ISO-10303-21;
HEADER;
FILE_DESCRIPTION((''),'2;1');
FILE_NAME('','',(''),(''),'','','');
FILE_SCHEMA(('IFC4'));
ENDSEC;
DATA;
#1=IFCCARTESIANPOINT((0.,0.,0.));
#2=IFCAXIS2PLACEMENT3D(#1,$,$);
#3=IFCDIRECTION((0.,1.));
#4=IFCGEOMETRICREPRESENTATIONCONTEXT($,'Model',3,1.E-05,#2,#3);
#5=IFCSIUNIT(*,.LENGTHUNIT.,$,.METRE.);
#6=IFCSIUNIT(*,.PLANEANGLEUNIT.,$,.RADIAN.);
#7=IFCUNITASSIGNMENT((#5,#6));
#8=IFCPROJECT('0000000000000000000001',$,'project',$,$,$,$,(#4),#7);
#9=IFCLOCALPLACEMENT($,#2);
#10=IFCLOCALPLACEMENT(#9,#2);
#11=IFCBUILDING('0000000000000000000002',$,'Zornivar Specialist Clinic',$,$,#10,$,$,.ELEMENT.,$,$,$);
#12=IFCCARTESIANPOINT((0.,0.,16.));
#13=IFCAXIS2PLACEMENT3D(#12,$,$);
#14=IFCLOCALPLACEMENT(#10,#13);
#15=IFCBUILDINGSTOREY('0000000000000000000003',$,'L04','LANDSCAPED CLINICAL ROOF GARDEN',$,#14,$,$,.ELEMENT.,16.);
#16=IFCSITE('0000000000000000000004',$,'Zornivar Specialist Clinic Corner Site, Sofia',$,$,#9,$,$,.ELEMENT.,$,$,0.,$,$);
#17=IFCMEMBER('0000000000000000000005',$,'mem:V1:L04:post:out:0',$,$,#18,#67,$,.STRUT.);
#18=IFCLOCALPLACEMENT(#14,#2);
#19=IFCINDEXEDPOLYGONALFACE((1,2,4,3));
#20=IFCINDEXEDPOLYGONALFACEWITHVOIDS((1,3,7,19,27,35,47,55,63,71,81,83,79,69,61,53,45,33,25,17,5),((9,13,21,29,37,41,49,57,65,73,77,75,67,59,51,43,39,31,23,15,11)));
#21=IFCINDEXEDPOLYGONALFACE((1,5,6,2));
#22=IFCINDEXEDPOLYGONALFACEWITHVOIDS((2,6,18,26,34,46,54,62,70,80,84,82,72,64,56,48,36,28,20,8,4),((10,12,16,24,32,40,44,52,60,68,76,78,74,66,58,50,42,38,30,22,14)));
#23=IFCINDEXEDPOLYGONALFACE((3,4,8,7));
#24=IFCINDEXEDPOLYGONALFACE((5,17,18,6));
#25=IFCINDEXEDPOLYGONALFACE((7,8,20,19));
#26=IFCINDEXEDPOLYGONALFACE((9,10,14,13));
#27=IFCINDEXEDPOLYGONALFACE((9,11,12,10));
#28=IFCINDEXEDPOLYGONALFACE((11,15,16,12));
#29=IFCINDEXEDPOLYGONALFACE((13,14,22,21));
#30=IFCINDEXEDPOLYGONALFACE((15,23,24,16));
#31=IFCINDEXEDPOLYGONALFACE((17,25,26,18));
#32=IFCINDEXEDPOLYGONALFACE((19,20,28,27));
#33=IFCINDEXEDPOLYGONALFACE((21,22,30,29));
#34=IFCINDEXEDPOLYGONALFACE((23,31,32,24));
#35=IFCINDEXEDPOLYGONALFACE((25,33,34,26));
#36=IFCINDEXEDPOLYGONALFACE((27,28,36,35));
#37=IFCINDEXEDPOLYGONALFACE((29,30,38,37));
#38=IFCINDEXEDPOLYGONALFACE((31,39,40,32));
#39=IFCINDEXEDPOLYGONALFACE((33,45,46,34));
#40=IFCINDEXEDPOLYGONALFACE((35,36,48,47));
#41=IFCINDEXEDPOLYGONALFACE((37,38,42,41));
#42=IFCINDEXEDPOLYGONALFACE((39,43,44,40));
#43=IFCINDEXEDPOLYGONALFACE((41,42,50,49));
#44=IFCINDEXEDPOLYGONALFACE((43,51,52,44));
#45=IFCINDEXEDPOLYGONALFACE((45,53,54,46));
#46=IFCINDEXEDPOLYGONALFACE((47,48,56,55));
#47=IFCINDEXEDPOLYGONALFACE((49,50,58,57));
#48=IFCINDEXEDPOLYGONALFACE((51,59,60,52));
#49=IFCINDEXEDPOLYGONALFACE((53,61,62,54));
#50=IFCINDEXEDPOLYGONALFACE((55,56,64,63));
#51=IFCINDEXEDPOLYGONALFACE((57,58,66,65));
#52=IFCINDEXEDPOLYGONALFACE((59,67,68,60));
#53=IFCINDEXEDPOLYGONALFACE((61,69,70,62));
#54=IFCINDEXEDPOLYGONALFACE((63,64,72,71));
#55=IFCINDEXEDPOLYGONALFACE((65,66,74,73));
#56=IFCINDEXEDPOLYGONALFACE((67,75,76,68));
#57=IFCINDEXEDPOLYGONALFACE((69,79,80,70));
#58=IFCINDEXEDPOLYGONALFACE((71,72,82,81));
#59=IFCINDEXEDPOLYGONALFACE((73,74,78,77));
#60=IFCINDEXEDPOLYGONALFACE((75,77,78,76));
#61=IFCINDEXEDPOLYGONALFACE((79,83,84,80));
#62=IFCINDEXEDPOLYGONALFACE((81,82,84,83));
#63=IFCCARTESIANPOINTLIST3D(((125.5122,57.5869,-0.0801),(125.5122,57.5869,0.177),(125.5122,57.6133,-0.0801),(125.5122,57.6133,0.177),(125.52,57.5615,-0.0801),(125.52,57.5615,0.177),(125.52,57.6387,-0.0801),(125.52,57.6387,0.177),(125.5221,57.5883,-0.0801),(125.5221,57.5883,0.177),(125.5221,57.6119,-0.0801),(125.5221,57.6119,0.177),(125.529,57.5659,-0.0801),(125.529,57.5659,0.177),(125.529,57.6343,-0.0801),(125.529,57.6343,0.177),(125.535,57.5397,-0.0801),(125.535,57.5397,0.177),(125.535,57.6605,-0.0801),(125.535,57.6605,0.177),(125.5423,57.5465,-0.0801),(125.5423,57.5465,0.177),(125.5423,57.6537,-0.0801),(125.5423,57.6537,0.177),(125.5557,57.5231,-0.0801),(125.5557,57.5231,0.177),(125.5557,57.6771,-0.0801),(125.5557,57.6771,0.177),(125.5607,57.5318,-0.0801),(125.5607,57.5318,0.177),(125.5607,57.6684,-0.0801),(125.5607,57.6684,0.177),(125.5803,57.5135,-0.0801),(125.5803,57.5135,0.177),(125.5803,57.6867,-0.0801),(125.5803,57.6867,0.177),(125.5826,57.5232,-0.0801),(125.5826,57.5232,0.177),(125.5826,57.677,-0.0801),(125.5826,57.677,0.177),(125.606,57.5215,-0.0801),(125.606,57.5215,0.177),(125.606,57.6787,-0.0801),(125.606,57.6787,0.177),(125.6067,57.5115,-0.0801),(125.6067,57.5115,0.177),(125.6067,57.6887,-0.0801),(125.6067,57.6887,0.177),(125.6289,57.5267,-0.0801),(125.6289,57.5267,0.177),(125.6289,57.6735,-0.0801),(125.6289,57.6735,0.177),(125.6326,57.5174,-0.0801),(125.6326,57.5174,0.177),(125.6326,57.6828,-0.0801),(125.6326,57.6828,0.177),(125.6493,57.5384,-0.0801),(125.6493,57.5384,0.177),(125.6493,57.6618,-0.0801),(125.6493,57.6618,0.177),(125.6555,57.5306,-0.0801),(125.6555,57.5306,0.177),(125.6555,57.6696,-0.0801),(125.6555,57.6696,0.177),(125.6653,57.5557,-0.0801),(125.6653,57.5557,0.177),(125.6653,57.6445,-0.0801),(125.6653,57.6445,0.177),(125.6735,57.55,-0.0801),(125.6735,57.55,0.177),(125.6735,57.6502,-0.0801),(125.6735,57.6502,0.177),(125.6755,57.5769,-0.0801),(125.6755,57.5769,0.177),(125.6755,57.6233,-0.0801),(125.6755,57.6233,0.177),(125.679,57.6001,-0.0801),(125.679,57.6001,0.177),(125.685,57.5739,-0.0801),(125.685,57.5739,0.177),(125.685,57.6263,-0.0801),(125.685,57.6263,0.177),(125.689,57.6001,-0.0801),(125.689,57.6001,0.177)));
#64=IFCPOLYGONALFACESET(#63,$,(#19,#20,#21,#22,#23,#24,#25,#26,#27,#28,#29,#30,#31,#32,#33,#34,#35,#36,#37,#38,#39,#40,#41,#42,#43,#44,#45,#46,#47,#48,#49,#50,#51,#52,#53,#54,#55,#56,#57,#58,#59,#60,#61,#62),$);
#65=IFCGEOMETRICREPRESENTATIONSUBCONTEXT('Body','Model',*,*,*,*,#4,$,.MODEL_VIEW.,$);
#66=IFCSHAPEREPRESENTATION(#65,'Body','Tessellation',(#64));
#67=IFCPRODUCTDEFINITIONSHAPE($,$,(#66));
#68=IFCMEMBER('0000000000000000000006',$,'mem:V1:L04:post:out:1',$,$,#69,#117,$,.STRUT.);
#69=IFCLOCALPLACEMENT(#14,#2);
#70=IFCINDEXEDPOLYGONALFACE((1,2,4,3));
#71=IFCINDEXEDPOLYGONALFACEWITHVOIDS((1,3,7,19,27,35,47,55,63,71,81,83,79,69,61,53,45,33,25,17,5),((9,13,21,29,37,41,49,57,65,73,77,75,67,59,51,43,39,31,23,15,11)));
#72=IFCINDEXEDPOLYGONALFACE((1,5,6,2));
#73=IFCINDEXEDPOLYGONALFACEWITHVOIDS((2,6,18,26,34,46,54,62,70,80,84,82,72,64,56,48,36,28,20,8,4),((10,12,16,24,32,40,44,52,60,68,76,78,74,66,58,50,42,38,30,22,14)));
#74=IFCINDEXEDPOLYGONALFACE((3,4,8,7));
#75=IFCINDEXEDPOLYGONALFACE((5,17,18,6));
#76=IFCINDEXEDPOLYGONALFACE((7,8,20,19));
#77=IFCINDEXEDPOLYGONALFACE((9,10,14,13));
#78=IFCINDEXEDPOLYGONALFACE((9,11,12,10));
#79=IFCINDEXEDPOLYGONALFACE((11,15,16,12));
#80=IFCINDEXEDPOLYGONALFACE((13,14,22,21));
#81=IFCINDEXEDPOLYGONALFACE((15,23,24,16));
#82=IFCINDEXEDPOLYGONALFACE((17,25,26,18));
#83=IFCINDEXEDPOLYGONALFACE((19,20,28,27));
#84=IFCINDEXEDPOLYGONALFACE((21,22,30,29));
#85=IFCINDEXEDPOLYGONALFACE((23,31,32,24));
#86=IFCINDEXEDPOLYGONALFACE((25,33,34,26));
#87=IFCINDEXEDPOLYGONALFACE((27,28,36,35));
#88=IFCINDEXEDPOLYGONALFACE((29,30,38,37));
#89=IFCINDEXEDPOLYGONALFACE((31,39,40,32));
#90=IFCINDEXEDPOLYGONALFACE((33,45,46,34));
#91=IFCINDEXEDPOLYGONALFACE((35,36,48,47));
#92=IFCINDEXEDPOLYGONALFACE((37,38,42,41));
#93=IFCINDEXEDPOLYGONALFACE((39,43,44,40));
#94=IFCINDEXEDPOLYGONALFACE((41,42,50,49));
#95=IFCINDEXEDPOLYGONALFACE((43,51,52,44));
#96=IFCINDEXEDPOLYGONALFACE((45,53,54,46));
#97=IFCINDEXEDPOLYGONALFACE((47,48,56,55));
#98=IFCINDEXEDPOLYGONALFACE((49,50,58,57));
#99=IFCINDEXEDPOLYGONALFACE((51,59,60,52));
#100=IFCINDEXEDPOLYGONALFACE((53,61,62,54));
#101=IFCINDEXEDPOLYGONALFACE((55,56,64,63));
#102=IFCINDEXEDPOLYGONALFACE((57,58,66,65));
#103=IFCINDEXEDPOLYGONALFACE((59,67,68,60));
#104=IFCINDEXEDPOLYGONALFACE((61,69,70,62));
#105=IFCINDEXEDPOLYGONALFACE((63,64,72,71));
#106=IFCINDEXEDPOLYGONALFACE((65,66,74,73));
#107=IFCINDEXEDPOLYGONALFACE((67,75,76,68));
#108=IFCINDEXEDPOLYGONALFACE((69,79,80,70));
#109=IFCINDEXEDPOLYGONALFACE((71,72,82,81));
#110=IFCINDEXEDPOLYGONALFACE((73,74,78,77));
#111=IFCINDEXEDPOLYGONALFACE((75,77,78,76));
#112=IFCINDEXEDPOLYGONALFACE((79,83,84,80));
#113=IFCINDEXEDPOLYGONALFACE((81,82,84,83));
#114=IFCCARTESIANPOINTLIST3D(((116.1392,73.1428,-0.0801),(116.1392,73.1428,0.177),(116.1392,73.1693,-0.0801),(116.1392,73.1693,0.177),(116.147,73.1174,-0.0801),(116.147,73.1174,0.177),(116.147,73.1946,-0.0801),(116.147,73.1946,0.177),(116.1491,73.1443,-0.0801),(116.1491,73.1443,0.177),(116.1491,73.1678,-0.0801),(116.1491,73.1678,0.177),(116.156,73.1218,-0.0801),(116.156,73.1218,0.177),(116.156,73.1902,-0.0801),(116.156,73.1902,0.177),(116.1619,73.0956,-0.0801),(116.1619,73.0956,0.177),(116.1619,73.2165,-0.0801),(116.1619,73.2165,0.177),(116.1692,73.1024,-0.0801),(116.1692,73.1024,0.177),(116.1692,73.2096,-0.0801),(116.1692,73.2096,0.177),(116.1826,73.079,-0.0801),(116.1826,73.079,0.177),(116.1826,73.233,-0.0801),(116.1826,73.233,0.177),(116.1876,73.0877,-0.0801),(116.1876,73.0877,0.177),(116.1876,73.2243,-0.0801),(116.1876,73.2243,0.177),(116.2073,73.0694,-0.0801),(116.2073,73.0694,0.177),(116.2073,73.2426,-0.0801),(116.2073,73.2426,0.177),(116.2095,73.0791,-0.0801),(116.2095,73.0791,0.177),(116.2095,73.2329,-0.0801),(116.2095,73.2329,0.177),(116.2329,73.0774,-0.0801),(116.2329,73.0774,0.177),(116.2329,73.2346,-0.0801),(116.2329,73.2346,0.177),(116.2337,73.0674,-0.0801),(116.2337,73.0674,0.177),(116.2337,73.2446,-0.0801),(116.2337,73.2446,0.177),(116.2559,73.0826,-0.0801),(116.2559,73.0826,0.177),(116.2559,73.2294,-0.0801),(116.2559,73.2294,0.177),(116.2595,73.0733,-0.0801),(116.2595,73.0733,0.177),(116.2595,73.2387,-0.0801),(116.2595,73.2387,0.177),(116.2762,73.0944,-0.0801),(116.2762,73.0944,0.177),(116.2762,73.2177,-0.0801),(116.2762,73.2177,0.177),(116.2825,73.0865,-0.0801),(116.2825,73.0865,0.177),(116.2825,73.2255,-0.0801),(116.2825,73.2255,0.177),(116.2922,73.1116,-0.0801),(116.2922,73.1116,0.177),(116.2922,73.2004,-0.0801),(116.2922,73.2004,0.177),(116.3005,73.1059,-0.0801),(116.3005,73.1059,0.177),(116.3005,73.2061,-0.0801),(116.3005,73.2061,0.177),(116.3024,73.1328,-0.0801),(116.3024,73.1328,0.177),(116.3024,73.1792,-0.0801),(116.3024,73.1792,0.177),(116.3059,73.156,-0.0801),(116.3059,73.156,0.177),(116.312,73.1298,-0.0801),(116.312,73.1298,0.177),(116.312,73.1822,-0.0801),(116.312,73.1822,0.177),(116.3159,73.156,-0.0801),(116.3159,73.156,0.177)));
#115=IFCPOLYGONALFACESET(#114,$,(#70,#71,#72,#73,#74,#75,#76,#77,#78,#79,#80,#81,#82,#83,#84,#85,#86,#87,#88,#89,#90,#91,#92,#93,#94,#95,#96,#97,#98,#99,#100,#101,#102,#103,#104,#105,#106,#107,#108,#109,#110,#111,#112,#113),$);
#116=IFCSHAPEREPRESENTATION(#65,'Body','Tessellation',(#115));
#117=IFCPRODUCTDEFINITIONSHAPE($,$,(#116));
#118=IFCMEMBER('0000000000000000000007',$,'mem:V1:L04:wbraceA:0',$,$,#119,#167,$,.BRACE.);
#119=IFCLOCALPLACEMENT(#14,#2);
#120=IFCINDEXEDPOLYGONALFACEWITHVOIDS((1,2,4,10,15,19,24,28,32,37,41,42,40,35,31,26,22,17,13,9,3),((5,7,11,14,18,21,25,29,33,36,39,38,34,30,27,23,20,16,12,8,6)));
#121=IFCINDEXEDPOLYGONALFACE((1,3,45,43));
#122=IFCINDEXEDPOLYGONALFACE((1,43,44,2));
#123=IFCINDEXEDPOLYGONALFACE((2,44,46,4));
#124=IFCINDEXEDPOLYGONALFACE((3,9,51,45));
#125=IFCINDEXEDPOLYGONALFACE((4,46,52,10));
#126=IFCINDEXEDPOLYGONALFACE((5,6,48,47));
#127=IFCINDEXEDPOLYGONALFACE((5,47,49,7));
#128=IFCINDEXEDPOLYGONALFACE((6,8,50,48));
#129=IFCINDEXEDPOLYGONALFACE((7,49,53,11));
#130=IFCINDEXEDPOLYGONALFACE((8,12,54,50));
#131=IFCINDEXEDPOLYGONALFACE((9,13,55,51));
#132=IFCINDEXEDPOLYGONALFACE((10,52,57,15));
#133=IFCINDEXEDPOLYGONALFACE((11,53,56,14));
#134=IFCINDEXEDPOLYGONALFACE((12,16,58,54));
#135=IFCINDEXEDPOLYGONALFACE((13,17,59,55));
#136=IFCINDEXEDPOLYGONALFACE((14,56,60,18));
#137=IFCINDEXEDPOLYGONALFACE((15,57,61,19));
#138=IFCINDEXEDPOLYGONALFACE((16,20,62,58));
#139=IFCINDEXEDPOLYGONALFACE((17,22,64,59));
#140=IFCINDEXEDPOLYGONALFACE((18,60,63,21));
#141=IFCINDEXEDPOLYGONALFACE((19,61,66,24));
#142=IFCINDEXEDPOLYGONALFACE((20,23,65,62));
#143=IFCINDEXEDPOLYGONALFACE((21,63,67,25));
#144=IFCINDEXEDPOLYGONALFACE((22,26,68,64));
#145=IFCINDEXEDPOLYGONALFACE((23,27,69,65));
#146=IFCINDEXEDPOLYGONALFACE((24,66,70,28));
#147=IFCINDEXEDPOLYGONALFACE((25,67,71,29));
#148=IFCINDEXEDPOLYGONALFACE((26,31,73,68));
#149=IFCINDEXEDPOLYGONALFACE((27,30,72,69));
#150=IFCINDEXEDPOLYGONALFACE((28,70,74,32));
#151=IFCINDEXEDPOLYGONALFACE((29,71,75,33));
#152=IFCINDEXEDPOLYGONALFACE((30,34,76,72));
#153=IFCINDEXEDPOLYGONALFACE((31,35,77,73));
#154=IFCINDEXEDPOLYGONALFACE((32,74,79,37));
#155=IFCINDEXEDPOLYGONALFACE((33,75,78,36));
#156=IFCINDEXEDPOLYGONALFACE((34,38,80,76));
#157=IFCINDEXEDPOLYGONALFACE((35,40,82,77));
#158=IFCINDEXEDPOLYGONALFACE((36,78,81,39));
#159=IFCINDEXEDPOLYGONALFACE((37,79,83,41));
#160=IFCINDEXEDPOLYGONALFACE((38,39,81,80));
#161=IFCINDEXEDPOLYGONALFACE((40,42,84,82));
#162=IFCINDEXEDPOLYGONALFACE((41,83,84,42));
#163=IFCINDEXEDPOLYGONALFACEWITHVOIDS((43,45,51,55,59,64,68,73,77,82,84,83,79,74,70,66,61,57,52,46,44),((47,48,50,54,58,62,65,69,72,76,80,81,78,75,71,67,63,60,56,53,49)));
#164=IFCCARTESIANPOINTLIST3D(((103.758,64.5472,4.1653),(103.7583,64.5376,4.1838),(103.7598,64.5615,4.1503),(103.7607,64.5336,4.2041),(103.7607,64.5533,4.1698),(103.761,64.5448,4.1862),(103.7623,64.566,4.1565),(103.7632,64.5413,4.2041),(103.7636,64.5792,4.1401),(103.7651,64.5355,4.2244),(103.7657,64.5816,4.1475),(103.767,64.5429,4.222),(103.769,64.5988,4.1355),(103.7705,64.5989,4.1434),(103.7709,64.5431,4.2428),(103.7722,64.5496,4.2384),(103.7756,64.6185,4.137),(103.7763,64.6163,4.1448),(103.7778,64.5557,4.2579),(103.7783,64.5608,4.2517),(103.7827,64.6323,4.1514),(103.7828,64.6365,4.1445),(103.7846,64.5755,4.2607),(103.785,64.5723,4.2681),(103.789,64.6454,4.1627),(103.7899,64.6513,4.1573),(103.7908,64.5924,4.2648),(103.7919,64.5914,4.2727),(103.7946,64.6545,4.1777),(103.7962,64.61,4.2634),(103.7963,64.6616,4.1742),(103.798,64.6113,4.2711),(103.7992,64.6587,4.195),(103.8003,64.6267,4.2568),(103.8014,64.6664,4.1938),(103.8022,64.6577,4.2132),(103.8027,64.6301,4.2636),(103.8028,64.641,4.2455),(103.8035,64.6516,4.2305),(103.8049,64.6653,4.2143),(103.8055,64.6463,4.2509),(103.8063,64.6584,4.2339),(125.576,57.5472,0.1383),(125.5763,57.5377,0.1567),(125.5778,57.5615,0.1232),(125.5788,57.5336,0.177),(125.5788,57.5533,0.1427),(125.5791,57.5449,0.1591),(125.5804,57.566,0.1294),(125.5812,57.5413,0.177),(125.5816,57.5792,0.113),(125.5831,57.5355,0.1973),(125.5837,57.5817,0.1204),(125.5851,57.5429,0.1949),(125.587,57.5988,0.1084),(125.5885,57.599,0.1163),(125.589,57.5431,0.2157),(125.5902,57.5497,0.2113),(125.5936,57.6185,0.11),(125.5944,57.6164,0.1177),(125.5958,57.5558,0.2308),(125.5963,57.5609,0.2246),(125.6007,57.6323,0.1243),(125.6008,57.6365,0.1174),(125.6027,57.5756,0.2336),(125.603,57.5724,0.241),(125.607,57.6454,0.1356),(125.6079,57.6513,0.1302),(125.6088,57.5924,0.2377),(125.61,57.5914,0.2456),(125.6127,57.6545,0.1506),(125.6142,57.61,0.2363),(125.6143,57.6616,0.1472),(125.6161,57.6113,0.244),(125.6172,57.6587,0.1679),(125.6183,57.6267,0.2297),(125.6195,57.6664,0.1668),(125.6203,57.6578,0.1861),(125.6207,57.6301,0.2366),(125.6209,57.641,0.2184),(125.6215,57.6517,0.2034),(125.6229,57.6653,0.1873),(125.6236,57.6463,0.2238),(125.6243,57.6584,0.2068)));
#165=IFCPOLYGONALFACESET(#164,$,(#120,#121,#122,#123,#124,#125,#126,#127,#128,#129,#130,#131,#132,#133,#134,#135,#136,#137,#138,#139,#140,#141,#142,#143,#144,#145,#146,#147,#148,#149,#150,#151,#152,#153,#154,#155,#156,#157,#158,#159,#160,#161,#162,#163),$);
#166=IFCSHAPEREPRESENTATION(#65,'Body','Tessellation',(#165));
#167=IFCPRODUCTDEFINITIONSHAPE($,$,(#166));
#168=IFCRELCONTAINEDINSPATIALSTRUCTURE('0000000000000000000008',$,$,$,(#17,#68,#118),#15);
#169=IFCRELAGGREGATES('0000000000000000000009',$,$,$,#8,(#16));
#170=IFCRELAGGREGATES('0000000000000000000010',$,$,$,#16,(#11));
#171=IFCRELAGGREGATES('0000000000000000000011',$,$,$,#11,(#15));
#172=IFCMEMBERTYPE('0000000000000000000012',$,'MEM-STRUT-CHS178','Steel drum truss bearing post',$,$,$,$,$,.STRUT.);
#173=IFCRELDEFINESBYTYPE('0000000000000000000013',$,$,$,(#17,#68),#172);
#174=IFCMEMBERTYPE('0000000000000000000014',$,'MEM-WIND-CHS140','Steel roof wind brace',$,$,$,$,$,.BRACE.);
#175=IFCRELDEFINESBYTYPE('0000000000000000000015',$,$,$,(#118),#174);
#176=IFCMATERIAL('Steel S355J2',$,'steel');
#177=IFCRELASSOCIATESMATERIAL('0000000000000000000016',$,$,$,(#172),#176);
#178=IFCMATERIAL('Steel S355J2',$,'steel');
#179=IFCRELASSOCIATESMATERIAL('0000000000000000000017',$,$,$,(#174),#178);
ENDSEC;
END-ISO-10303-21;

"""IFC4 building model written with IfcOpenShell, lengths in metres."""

from ifc_helpers import new_model, si_unit, direction, frame, origin, origin_2d, place, context, subcontext, project, spatial, hollow_circle, extrude, material, material_profile, profile_set, type_object, element, save


model = new_model("IFC4")

# Units and contexts
model_context = context("Model", 3, precision=1e-05, world=origin(), true_north=direction((0.0, 1.0)))
body_context = subcontext(model_context, "Body", "Model", "MODEL_VIEW")
ifc_project = project(units=[si_unit("LENGTHUNIT", "METRE"), si_unit("PLANEANGLEUNIT", "RADIAN")], contexts=[model_context])

# Site, building, storey
site_placement = place(None, origin())
site = spatial("IfcSite", under=ifc_project, at=site_placement, Name="Zornivar Specialist Clinic Corner Site, Sofia", CompositionType="ELEMENT", RefElevation=0.0)
building_placement = place(site_placement, origin())
building = spatial("IfcBuilding", under=site, at=building_placement, Name="Zornivar Specialist Clinic", CompositionType="ELEMENT")
storey_placement = place(building_placement, frame((0.0, 0.0, 16.0)))
storey = spatial("IfcBuildingStorey", under=building, at=storey_placement, Name="L04", Description="LANDSCAPED CLINICAL ROOF GARDEN", CompositionType="ELEMENT", Elevation=16.0)

# Members
ifc_material_1 = material(Name="Steel S355J2", Category="steel")
ifc_material_profile_1 = material_profile(ifc_material_1, hollow_circle(Radius=0.0889, WallThickness=0.01, at=origin_2d()), Name="CHS 177.8x10")
ifc_profile_set_1 = profile_set([ifc_material_profile_1], Name="Steel S355J2")
member_type_1 = type_object("IfcMemberType", Name="MEM-STRUT-CHS178", Description="Steel drum truss bearing post", PredefinedType="STRUT", material=ifc_profile_set_1)
for number, where, z_axis, x_axis, name in (
    (1, (125.6001, 57.6001, -0.0801), (0.0, 0.0, 1.0), (1.0, 0.0, 0.0), "mem:V1:L04:post:out:0"),
    (2, (116.2271, 73.156, -0.0801), (0.0, 0.0, 1.0), (1.0, 0.0, 0.0), "mem:V1:L04:post:out:1"),
):
    element("IfcMember", number, at=place(storey_placement, frame(where, z_axis=z_axis, x_axis=x_axis)), inside=storey, type_object=member_type_1, Name=name, PredefinedType="STRUT", context=body_context, shape_type="SweptSolid", body=[
        extrude(hollow_circle(Radius=0.0889, WallThickness=0.01, at=origin_2d()), origin(), (0.0, 0.0, 1.0), 0.2571),
    ])
ifc_material_2 = material(Name="Steel S355J2", Category="steel")
ifc_material_profile_2 = material_profile(ifc_material_2, hollow_circle(Radius=0.0698, WallThickness=0.0081, at=origin_2d()), Name="CHS 139.7x8")
ifc_profile_set_2 = profile_set([ifc_material_profile_2], Name="Steel S355J2")
member_type_2 = type_object("IfcMemberType", Name="MEM-WIND-CHS140", Description="Steel roof wind brace", PredefinedType="BRACE", material=ifc_profile_set_2)
member_1_placement = place(storey_placement, frame((125.6001, 57.6001, 0.177), z_axis=(-0.937819, 0.300885, 0.173099), x_axis=(-0.305496, -0.952193, 0.0)))
element("IfcMember", 3, at=member_1_placement, inside=storey, type_object=member_type_2, Name="mem:V1:L04:wbraceA:0", PredefinedType="BRACE", context=body_context, shape_type="SweptSolid", body=[
    extrude(hollow_circle(Radius=0.0698, WallThickness=0.0081, at=origin_2d()), origin(), (0.0, 0.0, 1.0), 23.2646),
])

save(model, "model.ifc")
